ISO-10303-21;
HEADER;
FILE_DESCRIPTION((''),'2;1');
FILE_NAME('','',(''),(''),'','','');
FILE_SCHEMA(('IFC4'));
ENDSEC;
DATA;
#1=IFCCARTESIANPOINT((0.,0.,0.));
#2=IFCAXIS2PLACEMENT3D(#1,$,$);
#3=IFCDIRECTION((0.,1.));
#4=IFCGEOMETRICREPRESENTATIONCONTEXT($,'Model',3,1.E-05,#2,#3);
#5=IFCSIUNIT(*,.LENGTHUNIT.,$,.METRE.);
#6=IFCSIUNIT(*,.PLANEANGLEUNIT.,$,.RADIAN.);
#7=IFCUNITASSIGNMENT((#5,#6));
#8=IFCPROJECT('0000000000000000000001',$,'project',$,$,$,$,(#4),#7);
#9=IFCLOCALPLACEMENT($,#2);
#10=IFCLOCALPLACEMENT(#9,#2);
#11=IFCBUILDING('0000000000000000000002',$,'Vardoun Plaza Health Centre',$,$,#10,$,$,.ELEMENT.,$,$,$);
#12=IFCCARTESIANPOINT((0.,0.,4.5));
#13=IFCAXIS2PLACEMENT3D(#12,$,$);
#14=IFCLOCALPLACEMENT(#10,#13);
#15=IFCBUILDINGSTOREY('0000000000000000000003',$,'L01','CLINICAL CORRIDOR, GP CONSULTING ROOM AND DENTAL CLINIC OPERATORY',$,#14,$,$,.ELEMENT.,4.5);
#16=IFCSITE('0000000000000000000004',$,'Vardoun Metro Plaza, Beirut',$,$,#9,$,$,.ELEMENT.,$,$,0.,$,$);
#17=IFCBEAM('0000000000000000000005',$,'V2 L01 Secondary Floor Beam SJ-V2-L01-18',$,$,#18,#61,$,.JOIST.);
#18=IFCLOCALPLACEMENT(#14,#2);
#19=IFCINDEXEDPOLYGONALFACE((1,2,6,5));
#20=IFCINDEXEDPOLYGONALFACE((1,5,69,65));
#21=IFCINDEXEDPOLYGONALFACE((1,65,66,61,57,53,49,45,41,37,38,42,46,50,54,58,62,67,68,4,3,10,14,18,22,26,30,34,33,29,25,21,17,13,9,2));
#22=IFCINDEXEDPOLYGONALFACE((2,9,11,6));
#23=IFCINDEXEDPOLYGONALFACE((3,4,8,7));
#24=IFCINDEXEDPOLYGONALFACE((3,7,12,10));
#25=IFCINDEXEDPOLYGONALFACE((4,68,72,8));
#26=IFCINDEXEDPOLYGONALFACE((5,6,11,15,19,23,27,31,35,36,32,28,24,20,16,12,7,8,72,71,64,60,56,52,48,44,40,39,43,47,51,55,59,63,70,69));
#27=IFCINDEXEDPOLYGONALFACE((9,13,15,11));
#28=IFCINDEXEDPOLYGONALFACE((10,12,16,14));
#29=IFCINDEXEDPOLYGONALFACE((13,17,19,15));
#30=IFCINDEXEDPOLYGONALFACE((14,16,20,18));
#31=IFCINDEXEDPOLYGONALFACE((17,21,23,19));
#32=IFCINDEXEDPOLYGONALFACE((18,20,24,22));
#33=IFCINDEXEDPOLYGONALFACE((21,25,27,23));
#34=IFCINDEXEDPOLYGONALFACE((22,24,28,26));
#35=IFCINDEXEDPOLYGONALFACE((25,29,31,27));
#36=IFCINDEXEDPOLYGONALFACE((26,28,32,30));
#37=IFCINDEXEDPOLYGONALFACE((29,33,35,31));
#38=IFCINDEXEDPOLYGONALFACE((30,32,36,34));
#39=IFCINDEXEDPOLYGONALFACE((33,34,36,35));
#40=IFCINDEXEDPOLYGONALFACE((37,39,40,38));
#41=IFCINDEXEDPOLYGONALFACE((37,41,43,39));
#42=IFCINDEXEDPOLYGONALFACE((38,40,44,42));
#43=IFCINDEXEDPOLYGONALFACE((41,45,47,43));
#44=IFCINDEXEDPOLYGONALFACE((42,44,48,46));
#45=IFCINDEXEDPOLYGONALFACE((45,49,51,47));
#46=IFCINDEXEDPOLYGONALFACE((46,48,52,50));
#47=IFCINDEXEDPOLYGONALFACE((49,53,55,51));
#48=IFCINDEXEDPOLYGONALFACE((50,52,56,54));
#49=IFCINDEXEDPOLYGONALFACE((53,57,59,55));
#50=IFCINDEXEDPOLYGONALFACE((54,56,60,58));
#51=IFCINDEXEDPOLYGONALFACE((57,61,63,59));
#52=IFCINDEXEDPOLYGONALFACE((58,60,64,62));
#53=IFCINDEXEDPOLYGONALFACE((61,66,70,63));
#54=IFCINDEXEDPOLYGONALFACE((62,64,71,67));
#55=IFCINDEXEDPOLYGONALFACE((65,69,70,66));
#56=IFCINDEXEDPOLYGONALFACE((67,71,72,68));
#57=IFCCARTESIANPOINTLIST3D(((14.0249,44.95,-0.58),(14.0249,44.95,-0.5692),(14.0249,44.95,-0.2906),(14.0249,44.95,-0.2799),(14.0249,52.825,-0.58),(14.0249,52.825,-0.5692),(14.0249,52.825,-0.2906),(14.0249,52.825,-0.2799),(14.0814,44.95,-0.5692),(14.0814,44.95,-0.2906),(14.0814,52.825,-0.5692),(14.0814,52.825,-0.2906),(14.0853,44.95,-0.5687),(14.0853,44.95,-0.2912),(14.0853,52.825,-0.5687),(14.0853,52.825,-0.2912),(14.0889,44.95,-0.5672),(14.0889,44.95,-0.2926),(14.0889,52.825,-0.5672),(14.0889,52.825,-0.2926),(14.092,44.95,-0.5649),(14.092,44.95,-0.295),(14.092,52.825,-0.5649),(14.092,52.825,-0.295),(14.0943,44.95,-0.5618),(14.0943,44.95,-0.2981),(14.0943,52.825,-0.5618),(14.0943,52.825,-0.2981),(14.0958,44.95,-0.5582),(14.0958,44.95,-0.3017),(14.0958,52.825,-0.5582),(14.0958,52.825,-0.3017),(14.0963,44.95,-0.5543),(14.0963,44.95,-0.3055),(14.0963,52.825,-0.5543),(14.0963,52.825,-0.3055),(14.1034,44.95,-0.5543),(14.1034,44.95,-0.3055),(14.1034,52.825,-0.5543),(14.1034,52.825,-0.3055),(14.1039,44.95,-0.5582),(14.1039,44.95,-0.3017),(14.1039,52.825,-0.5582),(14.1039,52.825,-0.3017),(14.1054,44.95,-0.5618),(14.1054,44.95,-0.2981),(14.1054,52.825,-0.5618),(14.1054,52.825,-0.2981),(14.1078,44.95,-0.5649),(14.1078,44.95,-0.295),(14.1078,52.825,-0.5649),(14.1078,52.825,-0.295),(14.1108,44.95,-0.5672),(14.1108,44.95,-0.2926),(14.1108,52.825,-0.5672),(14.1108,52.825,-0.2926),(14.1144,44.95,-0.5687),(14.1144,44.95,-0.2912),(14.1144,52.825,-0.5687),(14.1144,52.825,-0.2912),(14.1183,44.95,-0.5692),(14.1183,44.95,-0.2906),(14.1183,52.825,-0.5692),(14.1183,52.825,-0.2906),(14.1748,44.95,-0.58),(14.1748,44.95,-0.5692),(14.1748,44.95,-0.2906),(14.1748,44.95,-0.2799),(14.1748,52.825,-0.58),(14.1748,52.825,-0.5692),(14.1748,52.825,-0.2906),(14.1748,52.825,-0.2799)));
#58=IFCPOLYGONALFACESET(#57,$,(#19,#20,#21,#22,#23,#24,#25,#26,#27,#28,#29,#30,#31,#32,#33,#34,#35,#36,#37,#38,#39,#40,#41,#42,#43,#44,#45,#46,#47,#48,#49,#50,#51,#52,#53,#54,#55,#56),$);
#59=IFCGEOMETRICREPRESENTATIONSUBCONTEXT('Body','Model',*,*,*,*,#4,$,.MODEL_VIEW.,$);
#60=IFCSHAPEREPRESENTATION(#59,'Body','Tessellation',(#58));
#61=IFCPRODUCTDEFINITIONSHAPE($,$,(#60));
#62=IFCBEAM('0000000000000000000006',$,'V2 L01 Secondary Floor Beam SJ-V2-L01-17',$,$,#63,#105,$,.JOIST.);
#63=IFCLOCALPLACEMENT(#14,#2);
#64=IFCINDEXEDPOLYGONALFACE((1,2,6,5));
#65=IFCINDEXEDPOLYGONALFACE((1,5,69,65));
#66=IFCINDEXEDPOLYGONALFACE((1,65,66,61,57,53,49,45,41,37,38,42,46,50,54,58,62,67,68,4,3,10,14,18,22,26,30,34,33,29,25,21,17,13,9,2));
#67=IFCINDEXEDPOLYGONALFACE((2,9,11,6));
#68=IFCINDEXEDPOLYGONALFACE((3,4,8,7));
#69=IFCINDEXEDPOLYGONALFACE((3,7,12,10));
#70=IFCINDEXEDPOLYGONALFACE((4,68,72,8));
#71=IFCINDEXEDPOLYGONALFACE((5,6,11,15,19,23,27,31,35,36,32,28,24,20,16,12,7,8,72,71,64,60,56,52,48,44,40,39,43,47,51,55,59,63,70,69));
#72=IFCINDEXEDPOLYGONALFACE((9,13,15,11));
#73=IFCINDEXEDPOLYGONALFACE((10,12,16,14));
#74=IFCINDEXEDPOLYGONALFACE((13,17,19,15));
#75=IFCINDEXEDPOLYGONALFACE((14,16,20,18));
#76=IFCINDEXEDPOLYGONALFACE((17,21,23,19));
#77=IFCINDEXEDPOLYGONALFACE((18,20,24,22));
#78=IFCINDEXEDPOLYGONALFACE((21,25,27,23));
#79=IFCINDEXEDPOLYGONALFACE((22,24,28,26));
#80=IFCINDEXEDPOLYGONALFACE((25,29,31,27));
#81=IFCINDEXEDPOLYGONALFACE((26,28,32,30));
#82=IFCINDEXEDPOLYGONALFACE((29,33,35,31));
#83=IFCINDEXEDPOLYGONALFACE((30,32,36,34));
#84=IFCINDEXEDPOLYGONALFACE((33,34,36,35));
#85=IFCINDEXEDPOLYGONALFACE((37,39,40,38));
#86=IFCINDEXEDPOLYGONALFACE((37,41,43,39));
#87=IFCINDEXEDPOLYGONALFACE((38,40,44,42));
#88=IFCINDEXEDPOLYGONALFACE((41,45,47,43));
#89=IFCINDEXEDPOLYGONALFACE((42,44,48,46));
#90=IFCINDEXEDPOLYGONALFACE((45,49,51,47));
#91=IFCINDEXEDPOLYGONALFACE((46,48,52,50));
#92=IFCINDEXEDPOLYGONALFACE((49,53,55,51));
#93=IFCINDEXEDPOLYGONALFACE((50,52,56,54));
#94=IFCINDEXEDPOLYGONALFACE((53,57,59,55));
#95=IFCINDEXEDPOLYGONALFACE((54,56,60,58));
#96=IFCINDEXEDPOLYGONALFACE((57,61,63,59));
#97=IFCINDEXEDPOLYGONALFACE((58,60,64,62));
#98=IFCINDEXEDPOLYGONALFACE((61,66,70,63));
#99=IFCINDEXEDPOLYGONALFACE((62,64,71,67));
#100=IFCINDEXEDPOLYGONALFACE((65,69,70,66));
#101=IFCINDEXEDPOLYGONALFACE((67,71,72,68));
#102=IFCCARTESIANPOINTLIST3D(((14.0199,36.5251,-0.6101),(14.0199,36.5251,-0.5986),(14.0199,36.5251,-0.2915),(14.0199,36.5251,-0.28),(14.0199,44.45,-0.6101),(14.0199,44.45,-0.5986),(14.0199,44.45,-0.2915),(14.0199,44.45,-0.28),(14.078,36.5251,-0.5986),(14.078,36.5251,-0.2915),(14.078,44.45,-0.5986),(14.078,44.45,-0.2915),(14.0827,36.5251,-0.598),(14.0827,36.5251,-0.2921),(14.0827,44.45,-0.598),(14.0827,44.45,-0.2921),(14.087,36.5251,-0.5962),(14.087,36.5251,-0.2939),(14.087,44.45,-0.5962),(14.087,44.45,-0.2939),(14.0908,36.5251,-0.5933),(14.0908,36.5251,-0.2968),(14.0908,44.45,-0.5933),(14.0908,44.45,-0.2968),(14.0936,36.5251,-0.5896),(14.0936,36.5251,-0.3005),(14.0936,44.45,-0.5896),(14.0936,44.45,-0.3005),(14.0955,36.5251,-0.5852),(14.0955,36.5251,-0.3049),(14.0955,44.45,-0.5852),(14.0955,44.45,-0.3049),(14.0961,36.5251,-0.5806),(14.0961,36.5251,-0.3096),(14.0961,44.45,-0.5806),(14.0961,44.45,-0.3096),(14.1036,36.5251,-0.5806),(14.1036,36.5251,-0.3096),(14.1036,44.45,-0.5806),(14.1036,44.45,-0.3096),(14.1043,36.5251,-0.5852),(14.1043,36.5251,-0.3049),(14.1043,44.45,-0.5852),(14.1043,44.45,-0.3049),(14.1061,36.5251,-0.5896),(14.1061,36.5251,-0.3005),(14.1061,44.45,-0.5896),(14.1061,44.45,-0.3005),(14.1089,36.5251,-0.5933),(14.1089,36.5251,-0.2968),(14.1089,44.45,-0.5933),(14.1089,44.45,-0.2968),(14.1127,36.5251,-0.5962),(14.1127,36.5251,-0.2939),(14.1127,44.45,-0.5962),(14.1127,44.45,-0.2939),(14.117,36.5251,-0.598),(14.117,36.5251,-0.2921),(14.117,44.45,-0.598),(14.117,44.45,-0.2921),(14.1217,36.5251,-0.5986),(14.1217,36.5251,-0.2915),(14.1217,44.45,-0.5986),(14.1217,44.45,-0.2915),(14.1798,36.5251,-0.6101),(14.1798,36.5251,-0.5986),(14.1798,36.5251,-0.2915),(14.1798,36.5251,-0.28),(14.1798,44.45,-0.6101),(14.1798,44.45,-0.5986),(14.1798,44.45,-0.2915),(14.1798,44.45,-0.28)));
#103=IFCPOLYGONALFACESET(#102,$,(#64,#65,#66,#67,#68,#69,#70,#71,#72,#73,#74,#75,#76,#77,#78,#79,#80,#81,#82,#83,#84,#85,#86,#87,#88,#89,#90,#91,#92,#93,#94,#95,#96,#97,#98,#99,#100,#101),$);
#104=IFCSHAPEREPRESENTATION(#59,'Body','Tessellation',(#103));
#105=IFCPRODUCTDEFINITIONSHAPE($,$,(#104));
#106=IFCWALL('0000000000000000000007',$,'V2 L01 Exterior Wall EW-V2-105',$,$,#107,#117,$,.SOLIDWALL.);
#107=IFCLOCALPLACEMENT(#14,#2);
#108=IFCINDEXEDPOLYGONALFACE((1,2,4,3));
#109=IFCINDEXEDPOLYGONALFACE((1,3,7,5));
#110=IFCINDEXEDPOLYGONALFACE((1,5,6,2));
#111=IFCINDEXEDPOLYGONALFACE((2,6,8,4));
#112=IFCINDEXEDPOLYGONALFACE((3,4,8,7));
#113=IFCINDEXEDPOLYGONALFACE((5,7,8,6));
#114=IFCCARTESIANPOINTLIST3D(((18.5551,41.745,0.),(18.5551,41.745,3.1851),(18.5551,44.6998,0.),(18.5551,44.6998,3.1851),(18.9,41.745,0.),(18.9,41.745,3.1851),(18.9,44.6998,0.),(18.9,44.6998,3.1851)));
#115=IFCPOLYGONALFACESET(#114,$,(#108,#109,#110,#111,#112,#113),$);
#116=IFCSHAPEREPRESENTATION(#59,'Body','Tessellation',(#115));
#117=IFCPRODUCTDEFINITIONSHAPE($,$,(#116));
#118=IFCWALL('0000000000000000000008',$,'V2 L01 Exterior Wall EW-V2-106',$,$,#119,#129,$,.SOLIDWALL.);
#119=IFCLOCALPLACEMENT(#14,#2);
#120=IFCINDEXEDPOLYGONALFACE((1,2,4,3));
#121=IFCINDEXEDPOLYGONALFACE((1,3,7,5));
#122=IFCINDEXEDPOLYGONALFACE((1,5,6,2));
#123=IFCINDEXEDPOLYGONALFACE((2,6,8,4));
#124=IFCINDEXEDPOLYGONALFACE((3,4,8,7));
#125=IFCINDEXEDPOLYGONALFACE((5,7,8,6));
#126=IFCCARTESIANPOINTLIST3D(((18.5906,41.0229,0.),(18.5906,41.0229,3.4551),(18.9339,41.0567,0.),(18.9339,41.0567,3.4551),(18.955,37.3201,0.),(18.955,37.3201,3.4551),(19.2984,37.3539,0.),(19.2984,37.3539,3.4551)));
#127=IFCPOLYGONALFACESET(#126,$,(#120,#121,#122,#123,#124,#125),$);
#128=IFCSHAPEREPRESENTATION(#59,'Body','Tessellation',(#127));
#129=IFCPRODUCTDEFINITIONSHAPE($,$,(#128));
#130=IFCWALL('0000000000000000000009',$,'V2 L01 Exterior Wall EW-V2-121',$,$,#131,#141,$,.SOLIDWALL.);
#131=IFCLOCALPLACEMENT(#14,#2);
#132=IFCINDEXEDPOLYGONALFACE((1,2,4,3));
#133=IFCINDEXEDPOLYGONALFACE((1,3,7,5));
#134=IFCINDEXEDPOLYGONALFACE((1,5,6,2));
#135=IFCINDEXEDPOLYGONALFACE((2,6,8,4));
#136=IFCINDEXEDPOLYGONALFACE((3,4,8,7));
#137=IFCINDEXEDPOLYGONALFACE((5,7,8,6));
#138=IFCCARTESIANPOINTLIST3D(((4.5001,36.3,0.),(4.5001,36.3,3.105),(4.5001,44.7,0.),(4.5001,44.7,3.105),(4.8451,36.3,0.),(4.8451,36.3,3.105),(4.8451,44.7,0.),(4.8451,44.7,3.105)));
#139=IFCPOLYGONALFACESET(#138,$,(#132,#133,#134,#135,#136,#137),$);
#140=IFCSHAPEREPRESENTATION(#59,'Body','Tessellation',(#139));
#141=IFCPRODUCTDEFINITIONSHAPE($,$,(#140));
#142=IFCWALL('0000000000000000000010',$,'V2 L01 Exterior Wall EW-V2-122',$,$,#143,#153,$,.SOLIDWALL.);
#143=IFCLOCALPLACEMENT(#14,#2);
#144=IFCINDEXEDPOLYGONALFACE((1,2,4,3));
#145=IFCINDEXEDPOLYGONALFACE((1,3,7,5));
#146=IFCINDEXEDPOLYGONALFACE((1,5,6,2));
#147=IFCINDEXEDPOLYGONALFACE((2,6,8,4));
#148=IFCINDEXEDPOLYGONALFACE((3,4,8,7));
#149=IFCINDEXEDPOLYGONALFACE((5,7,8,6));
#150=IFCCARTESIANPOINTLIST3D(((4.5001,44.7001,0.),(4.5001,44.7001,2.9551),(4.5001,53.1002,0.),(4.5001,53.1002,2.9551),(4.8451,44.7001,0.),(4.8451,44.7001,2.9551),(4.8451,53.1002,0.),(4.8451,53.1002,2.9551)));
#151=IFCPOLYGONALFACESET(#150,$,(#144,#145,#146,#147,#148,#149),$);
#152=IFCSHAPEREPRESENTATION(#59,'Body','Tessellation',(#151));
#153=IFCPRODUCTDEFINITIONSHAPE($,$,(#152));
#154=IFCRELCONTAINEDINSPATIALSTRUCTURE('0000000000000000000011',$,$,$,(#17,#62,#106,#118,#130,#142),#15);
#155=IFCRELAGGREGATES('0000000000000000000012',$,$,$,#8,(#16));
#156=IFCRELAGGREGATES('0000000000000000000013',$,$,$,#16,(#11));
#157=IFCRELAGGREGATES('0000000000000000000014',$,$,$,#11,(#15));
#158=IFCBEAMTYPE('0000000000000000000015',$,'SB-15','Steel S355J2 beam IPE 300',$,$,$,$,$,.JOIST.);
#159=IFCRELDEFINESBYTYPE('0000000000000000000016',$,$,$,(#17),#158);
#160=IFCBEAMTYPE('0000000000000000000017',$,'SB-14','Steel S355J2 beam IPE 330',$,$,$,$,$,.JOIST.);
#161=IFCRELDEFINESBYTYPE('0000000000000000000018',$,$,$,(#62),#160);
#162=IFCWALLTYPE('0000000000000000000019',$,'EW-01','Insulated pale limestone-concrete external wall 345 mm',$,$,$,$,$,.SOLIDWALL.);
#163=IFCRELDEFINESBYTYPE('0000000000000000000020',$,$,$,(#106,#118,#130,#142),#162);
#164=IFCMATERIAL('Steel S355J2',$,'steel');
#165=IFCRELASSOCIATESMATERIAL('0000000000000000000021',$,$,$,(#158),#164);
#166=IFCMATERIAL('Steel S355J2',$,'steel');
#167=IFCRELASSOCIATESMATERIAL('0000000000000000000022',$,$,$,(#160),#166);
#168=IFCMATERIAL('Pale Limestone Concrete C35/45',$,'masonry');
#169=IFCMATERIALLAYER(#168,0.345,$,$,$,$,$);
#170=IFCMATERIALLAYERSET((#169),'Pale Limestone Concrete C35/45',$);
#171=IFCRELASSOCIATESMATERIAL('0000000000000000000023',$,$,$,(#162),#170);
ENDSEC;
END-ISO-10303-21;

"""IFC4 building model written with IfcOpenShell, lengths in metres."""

from ifc_helpers import new_model, si_unit, direction, frame, frame_2d, origin, origin_2d, place, context, subcontext, project, spatial, rectangle, i_section, extrude, material, layer, layer_set, material_profile, profile_set, type_object, element, save


model = new_model("IFC4")

# Units and contexts
model_context = context("Model", 3, precision=1e-05, world=origin(), true_north=direction((0.0, 1.0)))
body_context = subcontext(model_context, "Body", "Model", "MODEL_VIEW")
ifc_project = project(units=[si_unit("LENGTHUNIT", "METRE"), si_unit("PLANEANGLEUNIT", "RADIAN")], contexts=[model_context])

# Site, building, storey
site_placement = place(None, origin())
site = spatial("IfcSite", under=ifc_project, at=site_placement, Name="Vardoun Metro Plaza, Beirut", CompositionType="ELEMENT", RefElevation=0.0)
building_placement = place(site_placement, origin())
building = spatial("IfcBuilding", under=site, at=building_placement, Name="Vardoun Plaza Health Centre", CompositionType="ELEMENT")
storey_placement = place(building_placement, frame((0.0, 0.0, 4.5)))
storey = spatial("IfcBuildingStorey", under=building, at=storey_placement, Name="L01", Description="CLINICAL CORRIDOR, GP CONSULTING ROOM AND DENTAL CLINIC OPERATORY", CompositionType="ELEMENT", Elevation=4.5)

# Beams
ifc_material_1 = material(Name="Steel S355J2", Category="steel")
ifc_material_profile_1 = material_profile(ifc_material_1, i_section(OverallWidth=0.1499, OverallDepth=0.3, WebThickness=0.0071, FlangeThickness=0.0107, FilletRadius=0.0149, at=origin_2d()), Name="IPE 300")
ifc_profile_set_1 = profile_set([ifc_material_profile_1], Name="Steel S355J2")
beam_type_1 = type_object("IfcBeamType", Name="SB-15", Description="Steel S355J2 beam IPE 300", PredefinedType="JOIST", material=ifc_profile_set_1)
beam_1_placement = place(storey_placement, frame((14.0999, 44.95, -0.4299), z_axis=(0.0, 1.0, 0.0), x_axis=(-1.0, 0.0, 0.0)))
element("IfcBeam", 1, at=beam_1_placement, inside=storey, type_object=beam_type_1, Name="V2 L01 Secondary Floor Beam SJ-V2-L01-18", PredefinedType="JOIST", context=body_context, shape_type="SweptSolid", body=[
    extrude(i_section(OverallWidth=0.1499, OverallDepth=0.3, WebThickness=0.0071, FlangeThickness=0.0107, FilletRadius=0.0149, at=origin_2d()), origin(), (0.0, 0.0, 1.0), 7.875),
])
ifc_material_2 = material(Name="Steel S355J2", Category="steel")
ifc_material_profile_2 = material_profile(ifc_material_2, i_section(OverallWidth=0.1599, OverallDepth=0.3301, WebThickness=0.0076, FlangeThickness=0.0115, FilletRadius=0.0181, at=origin_2d()), Name="IPE 330")
ifc_profile_set_2 = profile_set([ifc_material_profile_2], Name="Steel S355J2")
beam_type_2 = type_object("IfcBeamType", Name="SB-14", Description="Steel S355J2 beam IPE 330", PredefinedType="JOIST", material=ifc_profile_set_2)
beam_2_placement = place(storey_placement, frame((14.0999, 36.5251, -0.4451), z_axis=(0.0, 1.0, 0.0), x_axis=(-1.0, 0.0, 0.0)))
element("IfcBeam", 2, at=beam_2_placement, inside=storey, type_object=beam_type_2, Name="V2 L01 Secondary Floor Beam SJ-V2-L01-17", PredefinedType="JOIST", context=body_context, shape_type="SweptSolid", body=[
    extrude(i_section(OverallWidth=0.1599, OverallDepth=0.3301, WebThickness=0.0076, FlangeThickness=0.0115, FilletRadius=0.0181, at=origin_2d()), origin(), (0.0, 0.0, 1.0), 7.9248),
])

# Walls
ifc_material_3 = material(Name="Pale Limestone Concrete C35/45", Category="masonry")
ifc_layer = layer(ifc_material_3, 0.345)
ifc_layer_set = layer_set([ifc_layer], Name="Pale Limestone Concrete C35/45")
wall_type = type_object("IfcWallType", Name="EW-01", Description="Insulated pale limestone-concrete external wall 345 mm", PredefinedType="SOLIDWALL", material=ifc_layer_set)
wall_1_placement = place(storey_placement, frame((18.7275, 44.7, 0.0), z_axis=(0.0, 0.0, 1.0), x_axis=(0.0, -1.0, 0.0)))
element("IfcWall", 3, at=wall_1_placement, inside=storey, type_object=wall_type, Name="V2 L01 Exterior Wall EW-V2-105", PredefinedType="SOLIDWALL", context=body_context, shape_type="SweptSolid", body=[
    extrude(rectangle(XDim=2.9548, YDim=0.345, at=frame_2d((1.4775, 0.0))), origin(), (0.0, 0.0, 1.0), 3.1851),
])
wall_2_placement = place(storey_placement, frame((18.7622, 41.0398, 0.0), z_axis=(0.0, 0.0, 1.0), x_axis=(0.097964, -0.99519, 0.0)))
element("IfcWall", 4, at=wall_2_placement, inside=storey, type_object=wall_type, Name="V2 L01 Exterior Wall EW-V2-106", PredefinedType="SOLIDWALL", context=body_context, shape_type="SweptSolid", body=[
    extrude(rectangle(XDim=3.7207, YDim=0.345, at=frame_2d((1.8604, 0.0))), origin(), (0.0, 0.0, 1.0), 3.4551),
])
wall_3_placement = place(storey_placement, frame((4.6726, 36.3, 0.0), z_axis=(0.0, 0.0, 1.0), x_axis=(0.0, 1.0, 0.0)))
element("IfcWall", 5, at=wall_3_placement, inside=storey, type_object=wall_type, Name="V2 L01 Exterior Wall EW-V2-121", PredefinedType="SOLIDWALL", context=body_context, shape_type="SweptSolid", body=[
    extrude(rectangle(XDim=8.3999, YDim=0.345, at=frame_2d((4.2, 0.0))), origin(), (0.0, 0.0, 1.0), 3.105),
])
wall_4_placement = place(storey_placement, frame((4.6726, 44.7, 0.0), z_axis=(0.0, 0.0, 1.0), x_axis=(0.0, 1.0, 0.0)))
element("IfcWall", 6, at=wall_4_placement, inside=storey, type_object=wall_type, Name="V2 L01 Exterior Wall EW-V2-122", PredefinedType="SOLIDWALL", context=body_context, shape_type="SweptSolid", body=[
    extrude(rectangle(XDim=8.4001, YDim=0.345, at=frame_2d((4.2002, 0.0))), origin(), (0.0, 0.0, 1.0), 2.9551),
])

save(model, "model.ifc")
